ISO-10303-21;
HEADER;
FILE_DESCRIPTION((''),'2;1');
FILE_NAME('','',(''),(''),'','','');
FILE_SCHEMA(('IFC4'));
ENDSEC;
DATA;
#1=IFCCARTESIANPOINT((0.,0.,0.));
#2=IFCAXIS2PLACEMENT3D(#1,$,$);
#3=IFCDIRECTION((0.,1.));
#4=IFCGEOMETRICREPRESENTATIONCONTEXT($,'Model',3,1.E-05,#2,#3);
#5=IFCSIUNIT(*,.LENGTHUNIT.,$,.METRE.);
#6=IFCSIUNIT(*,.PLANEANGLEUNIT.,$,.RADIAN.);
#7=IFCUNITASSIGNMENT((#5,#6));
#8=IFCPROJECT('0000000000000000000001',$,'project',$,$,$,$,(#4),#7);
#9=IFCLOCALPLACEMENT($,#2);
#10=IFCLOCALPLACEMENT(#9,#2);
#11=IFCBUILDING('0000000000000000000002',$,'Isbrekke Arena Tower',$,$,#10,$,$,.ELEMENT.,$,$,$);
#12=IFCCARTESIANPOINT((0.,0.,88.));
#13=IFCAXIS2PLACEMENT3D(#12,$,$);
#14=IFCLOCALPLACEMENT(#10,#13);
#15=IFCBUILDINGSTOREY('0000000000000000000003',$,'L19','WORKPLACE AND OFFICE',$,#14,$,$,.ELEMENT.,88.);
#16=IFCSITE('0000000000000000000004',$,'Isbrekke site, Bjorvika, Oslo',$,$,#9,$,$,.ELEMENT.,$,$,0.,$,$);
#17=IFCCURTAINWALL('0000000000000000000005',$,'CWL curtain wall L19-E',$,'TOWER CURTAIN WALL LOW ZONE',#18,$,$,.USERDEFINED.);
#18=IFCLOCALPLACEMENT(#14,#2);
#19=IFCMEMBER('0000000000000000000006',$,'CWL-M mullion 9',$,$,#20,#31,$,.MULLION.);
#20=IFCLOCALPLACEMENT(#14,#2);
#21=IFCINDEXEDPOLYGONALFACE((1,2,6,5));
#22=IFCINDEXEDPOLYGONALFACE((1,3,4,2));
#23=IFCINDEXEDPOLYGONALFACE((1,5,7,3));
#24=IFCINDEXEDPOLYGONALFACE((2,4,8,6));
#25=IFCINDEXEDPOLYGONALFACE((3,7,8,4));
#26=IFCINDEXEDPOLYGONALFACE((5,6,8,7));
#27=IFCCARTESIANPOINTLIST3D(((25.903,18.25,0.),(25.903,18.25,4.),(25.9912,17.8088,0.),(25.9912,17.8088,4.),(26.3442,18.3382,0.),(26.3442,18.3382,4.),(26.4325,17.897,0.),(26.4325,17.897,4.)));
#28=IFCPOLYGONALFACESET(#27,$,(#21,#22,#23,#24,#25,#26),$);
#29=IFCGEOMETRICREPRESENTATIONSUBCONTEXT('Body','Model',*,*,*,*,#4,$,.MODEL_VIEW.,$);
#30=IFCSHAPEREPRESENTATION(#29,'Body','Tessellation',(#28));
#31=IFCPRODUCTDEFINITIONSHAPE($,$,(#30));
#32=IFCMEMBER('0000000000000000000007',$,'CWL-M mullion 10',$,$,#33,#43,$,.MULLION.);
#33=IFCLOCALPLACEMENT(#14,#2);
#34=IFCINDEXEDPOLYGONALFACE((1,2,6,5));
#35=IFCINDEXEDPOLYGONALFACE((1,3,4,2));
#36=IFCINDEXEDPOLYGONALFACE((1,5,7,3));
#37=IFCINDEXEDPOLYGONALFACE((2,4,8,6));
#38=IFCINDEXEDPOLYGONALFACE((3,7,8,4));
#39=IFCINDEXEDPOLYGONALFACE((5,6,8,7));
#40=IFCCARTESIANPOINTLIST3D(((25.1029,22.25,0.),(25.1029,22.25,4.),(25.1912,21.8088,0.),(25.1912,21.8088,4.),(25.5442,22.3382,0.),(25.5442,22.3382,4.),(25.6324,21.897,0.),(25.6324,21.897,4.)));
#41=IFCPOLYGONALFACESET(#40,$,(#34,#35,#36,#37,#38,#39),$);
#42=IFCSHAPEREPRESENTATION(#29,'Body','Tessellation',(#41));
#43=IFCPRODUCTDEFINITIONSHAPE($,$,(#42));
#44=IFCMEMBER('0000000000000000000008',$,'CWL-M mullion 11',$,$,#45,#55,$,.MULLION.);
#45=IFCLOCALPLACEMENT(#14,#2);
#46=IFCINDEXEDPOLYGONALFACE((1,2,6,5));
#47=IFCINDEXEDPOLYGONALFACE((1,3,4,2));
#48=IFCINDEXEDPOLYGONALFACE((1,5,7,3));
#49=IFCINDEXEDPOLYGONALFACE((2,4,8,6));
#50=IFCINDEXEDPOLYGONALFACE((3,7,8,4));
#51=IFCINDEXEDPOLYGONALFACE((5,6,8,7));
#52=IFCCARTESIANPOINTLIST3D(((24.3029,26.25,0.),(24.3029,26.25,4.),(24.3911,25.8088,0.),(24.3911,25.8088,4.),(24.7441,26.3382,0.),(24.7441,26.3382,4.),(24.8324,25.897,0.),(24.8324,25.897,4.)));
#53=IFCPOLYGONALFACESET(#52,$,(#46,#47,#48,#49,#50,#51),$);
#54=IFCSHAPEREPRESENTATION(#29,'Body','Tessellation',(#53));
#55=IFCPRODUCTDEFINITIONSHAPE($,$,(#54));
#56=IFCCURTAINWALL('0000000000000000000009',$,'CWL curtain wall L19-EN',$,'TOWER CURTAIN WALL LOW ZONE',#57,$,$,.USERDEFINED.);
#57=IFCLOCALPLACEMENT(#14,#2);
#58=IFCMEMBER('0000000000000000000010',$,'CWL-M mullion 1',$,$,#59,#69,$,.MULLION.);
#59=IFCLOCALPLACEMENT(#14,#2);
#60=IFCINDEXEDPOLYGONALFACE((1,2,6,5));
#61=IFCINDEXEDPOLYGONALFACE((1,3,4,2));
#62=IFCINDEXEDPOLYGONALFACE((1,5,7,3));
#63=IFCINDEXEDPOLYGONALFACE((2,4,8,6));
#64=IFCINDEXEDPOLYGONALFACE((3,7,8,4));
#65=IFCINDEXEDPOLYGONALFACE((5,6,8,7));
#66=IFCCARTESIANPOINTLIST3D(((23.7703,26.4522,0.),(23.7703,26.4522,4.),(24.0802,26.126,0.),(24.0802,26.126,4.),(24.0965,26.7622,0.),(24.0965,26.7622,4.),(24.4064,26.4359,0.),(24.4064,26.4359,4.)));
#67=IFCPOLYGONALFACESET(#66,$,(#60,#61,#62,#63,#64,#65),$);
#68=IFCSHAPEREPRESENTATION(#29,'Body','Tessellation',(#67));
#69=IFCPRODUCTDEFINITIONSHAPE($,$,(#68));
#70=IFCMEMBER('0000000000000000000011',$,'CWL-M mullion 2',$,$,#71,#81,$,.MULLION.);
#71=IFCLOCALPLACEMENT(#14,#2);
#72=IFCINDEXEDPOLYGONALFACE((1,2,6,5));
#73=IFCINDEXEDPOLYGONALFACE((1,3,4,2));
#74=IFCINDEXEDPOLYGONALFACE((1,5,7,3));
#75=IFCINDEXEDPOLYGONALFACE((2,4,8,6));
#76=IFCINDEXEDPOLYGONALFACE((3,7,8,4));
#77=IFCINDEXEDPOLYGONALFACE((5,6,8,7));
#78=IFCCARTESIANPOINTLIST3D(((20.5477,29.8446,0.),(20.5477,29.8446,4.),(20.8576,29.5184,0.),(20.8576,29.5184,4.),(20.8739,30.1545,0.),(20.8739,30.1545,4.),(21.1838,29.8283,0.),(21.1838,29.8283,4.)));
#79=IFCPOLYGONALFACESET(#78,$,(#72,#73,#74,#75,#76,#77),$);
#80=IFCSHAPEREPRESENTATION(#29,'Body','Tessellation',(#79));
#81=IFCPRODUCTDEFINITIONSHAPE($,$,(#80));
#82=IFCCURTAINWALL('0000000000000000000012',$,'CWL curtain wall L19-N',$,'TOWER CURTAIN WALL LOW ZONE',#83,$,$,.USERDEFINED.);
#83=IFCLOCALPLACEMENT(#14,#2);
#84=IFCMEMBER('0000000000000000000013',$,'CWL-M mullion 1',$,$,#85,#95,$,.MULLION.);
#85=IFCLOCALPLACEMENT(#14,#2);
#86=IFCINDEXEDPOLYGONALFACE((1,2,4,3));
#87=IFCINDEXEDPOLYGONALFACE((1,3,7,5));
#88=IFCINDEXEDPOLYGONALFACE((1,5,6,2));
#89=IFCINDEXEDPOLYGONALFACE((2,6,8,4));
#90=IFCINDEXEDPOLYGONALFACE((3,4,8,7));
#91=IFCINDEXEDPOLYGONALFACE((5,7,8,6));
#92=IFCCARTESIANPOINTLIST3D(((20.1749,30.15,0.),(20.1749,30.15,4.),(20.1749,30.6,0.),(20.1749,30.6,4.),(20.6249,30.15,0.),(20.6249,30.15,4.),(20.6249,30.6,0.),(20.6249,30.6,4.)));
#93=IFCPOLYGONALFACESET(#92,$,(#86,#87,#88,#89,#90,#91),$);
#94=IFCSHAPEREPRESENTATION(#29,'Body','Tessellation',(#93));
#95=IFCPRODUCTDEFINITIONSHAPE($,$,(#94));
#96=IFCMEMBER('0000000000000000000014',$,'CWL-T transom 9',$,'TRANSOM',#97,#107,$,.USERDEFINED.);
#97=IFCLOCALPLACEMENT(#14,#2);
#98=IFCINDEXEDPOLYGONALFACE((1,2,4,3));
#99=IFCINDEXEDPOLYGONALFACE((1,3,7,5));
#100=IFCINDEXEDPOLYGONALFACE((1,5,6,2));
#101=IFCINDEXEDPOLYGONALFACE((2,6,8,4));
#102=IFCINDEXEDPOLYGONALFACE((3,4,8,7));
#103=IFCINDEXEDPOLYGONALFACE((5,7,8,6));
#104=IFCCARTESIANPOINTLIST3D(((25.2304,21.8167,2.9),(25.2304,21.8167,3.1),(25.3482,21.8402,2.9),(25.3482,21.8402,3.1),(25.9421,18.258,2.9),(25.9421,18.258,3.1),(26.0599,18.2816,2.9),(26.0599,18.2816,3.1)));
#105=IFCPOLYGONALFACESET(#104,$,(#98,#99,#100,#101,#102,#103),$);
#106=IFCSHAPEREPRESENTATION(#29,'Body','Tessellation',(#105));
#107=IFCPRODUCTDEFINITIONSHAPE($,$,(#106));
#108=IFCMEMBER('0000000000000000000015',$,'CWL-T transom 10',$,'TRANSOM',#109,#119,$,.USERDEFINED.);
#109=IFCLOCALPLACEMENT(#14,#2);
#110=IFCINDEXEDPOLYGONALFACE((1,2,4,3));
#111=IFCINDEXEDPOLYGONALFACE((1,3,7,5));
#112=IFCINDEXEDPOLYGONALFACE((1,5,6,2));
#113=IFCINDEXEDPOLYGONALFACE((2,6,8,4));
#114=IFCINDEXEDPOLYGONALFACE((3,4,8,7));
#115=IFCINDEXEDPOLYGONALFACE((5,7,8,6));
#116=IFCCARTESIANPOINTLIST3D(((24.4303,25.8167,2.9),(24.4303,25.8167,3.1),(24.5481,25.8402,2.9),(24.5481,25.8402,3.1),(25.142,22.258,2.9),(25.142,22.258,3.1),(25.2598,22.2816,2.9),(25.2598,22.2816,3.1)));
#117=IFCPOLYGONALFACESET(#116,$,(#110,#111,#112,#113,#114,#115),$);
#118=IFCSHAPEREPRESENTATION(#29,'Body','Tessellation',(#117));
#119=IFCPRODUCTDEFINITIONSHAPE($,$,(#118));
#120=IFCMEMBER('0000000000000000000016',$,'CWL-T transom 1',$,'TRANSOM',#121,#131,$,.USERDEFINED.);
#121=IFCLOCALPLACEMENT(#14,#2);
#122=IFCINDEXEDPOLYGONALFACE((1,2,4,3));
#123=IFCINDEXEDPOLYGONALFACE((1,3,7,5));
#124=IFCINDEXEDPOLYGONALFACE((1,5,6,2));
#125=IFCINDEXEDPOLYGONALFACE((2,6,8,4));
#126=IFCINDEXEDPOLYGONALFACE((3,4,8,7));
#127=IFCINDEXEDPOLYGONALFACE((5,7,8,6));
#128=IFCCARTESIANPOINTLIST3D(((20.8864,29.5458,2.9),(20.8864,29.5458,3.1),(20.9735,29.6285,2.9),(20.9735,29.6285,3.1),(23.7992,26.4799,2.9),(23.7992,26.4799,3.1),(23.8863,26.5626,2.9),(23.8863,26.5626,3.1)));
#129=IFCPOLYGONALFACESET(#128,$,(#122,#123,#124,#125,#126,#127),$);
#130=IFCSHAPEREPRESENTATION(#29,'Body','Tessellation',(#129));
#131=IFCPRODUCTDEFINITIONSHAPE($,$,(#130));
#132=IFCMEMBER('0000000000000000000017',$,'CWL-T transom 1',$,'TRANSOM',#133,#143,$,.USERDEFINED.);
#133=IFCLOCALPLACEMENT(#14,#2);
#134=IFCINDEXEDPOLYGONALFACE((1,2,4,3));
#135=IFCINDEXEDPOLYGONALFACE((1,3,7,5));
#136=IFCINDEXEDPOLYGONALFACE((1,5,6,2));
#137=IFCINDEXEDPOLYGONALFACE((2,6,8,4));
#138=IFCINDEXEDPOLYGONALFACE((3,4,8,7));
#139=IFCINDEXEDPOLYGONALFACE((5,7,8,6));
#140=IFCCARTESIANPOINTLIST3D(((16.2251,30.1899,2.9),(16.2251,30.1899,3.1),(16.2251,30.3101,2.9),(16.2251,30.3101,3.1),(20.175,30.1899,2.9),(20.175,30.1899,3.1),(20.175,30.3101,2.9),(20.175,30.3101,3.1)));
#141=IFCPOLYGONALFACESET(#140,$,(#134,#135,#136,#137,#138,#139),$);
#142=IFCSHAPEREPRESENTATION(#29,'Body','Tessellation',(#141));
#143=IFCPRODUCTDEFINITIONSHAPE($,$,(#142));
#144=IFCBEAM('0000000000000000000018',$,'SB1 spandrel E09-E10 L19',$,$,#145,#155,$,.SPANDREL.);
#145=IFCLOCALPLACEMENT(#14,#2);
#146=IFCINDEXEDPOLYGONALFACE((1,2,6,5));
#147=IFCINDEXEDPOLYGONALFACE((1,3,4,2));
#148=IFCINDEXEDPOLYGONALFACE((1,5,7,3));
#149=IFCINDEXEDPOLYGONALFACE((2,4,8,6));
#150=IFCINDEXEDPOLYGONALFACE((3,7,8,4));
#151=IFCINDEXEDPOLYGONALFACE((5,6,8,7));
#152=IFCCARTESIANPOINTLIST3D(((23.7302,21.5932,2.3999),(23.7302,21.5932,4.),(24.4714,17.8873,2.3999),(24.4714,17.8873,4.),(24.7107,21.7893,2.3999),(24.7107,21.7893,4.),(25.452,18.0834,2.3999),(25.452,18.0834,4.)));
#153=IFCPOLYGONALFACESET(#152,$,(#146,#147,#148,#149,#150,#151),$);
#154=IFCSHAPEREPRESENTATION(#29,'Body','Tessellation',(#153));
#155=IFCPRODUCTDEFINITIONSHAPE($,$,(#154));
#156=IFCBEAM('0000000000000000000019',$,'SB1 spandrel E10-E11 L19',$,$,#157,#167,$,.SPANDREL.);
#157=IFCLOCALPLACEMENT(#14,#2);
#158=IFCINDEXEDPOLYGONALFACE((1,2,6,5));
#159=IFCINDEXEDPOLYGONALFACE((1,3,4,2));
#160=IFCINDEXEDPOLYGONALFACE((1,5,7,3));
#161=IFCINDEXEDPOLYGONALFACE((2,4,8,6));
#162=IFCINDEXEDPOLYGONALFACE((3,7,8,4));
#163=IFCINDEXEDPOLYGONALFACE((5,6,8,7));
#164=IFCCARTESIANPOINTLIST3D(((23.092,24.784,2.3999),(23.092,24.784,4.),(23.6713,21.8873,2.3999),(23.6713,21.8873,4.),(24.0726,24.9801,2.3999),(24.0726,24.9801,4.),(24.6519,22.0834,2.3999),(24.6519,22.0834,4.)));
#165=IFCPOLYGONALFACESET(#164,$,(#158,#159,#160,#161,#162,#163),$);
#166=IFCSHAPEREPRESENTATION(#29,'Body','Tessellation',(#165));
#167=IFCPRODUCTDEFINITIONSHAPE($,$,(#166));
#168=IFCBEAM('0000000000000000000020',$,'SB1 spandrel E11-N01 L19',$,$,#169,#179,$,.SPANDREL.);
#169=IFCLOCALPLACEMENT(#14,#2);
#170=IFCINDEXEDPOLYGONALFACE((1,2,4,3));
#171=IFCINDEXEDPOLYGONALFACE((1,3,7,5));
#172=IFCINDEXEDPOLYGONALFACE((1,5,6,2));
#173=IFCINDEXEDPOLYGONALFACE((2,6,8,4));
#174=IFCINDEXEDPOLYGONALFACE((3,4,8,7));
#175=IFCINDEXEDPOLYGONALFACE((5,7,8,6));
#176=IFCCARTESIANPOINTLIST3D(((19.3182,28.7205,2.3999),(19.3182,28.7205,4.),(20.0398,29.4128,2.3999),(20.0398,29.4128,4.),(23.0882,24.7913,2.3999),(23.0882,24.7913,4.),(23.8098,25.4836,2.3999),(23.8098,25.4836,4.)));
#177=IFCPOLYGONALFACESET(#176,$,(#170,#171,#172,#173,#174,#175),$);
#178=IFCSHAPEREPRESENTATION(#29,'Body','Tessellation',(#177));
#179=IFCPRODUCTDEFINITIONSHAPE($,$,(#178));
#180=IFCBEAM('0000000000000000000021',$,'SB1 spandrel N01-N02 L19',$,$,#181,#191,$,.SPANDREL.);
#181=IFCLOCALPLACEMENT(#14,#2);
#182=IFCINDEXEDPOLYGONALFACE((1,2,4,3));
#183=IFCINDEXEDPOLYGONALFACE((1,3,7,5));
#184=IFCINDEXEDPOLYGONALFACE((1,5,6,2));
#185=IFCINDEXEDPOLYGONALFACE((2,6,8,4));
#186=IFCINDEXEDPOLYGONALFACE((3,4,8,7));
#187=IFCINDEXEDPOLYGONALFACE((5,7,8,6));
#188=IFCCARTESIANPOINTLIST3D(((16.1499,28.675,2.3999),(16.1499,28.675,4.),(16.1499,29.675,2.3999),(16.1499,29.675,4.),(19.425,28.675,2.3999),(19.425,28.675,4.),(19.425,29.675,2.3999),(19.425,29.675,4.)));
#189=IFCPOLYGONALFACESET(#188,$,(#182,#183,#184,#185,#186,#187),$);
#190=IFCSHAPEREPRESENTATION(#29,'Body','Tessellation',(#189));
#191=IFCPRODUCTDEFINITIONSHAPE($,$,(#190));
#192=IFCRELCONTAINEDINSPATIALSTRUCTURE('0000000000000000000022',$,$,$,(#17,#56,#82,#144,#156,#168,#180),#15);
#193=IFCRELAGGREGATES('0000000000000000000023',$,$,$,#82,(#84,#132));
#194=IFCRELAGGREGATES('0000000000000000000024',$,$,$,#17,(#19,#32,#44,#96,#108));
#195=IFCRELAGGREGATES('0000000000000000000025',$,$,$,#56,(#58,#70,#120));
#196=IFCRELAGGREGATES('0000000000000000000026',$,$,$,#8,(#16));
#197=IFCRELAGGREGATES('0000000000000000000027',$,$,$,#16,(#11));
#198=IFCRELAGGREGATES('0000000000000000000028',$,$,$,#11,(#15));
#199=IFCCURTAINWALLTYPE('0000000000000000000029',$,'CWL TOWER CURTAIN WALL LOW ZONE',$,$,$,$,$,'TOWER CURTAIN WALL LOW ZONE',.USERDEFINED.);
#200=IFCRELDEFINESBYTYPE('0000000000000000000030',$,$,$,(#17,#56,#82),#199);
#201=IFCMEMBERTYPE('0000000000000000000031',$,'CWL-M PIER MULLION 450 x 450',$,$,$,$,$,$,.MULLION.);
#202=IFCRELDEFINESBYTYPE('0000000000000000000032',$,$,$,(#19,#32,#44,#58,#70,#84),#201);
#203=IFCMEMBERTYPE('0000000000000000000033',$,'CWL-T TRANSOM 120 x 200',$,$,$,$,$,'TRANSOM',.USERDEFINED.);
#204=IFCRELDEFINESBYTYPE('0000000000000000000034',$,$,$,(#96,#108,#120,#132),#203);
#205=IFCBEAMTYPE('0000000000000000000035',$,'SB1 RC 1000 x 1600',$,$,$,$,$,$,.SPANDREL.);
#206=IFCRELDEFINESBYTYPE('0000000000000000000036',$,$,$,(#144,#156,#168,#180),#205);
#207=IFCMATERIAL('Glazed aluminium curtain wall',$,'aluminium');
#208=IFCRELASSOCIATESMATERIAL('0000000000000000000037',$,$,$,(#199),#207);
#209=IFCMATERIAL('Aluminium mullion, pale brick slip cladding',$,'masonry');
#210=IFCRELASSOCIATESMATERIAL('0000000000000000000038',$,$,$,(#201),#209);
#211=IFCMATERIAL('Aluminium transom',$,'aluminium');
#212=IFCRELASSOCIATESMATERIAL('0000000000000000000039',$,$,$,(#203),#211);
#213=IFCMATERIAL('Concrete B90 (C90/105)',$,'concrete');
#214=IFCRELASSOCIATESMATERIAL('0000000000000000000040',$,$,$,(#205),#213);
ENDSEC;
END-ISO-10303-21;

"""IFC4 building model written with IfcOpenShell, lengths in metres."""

from ifc_helpers import new_model, si_unit, direction, frame, origin, origin_2d, place, context, subcontext, project, spatial, rectangle, extrude, material, material_profile, profile_set, type_object, element, aggregate, save


model = new_model("IFC4")

# Units and contexts
model_context = context("Model", 3, precision=1e-05, world=origin(), true_north=direction((0.0, 1.0)))
body_context = subcontext(model_context, "Body", "Model", "MODEL_VIEW")
ifc_project = project(units=[si_unit("LENGTHUNIT", "METRE"), si_unit("PLANEANGLEUNIT", "RADIAN")], contexts=[model_context])

# Site, building, storey
site_placement = place(None, origin())
site = spatial("IfcSite", under=ifc_project, at=site_placement, Name="Isbrekke site, Bjorvika, Oslo", CompositionType="ELEMENT", RefElevation=0.0)
building_placement = place(site_placement, origin())
building = spatial("IfcBuilding", under=site, at=building_placement, Name="Isbrekke Arena Tower", CompositionType="ELEMENT")
storey_placement = place(building_placement, frame((0.0, 0.0, 88.0)))
storey = spatial("IfcBuildingStorey", under=building, at=storey_placement, Name="L19", Description="WORKPLACE AND OFFICE", CompositionType="ELEMENT", Elevation=88.0)

# Curtain walls, members
ifc_material_1 = material(Name="Glazed aluminium curtain wall", Category="aluminium")
curtain_wall_type = type_object("IfcCurtainWallType", Name="CWL TOWER CURTAIN WALL LOW ZONE", ElementType="TOWER CURTAIN WALL LOW ZONE", PredefinedType="USERDEFINED", material=ifc_material_1)
curtain_wall_1_placement = place(storey_placement, origin())
curtain_wall_1 = element("IfcCurtainWall", 1, at=curtain_wall_1_placement, inside=storey, type_object=curtain_wall_type, Name="CWL curtain wall L19-E", ObjectType="TOWER CURTAIN WALL LOW ZONE", PredefinedType="USERDEFINED")
ifc_material_2 = material(Name="Aluminium mullion, pale brick slip cladding", Category="masonry")
ifc_material_profile_1 = material_profile(ifc_material_2, rectangle(XDim=0.45, YDim=0.45, at=origin_2d()), Name="PIER 450X450")
ifc_profile_set_1 = profile_set([ifc_material_profile_1], Name="Aluminium mullion, pale brick slip cladding")
member_type_1 = type_object("IfcMemberType", Name="CWL-M PIER MULLION 450 x 450", PredefinedType="MULLION", material=ifc_profile_set_1)
member_1_placement = place(storey_placement, frame((26.1677, 18.0735, 0.0), z_axis=(0.0, 0.0, 1.0), x_axis=(-0.196116, 0.980581, 0.0)))
member_1 = element("IfcMember", 2, at=member_1_placement, type_object=member_type_1, Name="CWL-M mullion 9", PredefinedType="MULLION", context=body_context, shape_type="SweptSolid", body=[
    extrude(rectangle(XDim=0.45, YDim=0.45, at=origin_2d()), origin(), (0.0, 0.0, 1.0), 4.0),
])
member_2_placement = place(storey_placement, frame((25.3677, 22.0735, 0.0), z_axis=(0.0, 0.0, 1.0), x_axis=(-0.196116, 0.980581, 0.0)))
member_2 = element("IfcMember", 3, at=member_2_placement, type_object=member_type_1, Name="CWL-M mullion 10", PredefinedType="MULLION", context=body_context, shape_type="SweptSolid", body=[
    extrude(rectangle(XDim=0.45, YDim=0.45, at=origin_2d()), origin(), (0.0, 0.0, 1.0), 4.0),
])
member_3_placement = place(storey_placement, frame((24.5676, 26.0735, 0.0), z_axis=(0.0, 0.0, 1.0), x_axis=(-0.196116, 0.980581, 0.0)))
member_3 = element("IfcMember", 4, at=member_3_placement, type_object=member_type_1, Name="CWL-M mullion 11", PredefinedType="MULLION", context=body_context, shape_type="SweptSolid", body=[
    extrude(rectangle(XDim=0.45, YDim=0.45, at=origin_2d()), origin(), (0.0, 0.0, 1.0), 4.0),
])
curtain_wall_2_placement = place(storey_placement, origin())
curtain_wall_2 = element("IfcCurtainWall", 5, at=curtain_wall_2_placement, inside=storey, type_object=curtain_wall_type, Name="CWL curtain wall L19-EN", ObjectType="TOWER CURTAIN WALL LOW ZONE", PredefinedType="USERDEFINED")
member_4_placement = place(storey_placement, frame((24.0884, 26.4441, 0.0), z_axis=(0.0, 0.0, 1.0), x_axis=(-0.688749, 0.724999, 0.0)))
member_4 = element("IfcMember", 6, at=member_4_placement, type_object=member_type_1, Name="CWL-M mullion 1", PredefinedType="MULLION", context=body_context, shape_type="SweptSolid", body=[
    extrude(rectangle(XDim=0.45, YDim=0.45, at=origin_2d()), origin(), (0.0, 0.0, 1.0), 4.0),
])
member_5_placement = place(storey_placement, frame((20.8657, 29.8364, 0.0), z_axis=(0.0, 0.0, 1.0), x_axis=(-0.688749, 0.724999, 0.0)))
member_5 = element("IfcMember", 7, at=member_5_placement, type_object=member_type_1, Name="CWL-M mullion 2", PredefinedType="MULLION", context=body_context, shape_type="SweptSolid", body=[
    extrude(rectangle(XDim=0.45, YDim=0.45, at=origin_2d()), origin(), (0.0, 0.0, 1.0), 4.0),
])

# Curtain wall, member
curtain_wall_3_placement = place(storey_placement, origin())
curtain_wall_3 = element("IfcCurtainWall", 8, at=curtain_wall_3_placement, inside=storey, type_object=curtain_wall_type, Name="CWL curtain wall L19-N", ObjectType="TOWER CURTAIN WALL LOW ZONE", PredefinedType="USERDEFINED")
member_6_placement = place(storey_placement, frame((20.3999, 30.375, 0.0), z_axis=(0.0, 0.0, 1.0), x_axis=(-1.0, 0.0, 0.0)))
member_6 = element("IfcMember", 9, at=member_6_placement, type_object=member_type_1, Name="CWL-M mullion 1", PredefinedType="MULLION", context=body_context, shape_type="SweptSolid", body=[
    extrude(rectangle(XDim=0.45, YDim=0.45, at=origin_2d()), origin(), (0.0, 0.0, 1.0), 4.0),
])

# Members
ifc_material_3 = material(Name="Aluminium transom", Category="aluminium")
ifc_material_profile_2 = material_profile(ifc_material_3, rectangle(XDim=0.1201, YDim=0.2, at=origin_2d()), Name="TRANSOM 120X200")
ifc_profile_set_2 = profile_set([ifc_material_profile_2], Name="Aluminium transom")
member_type_2 = type_object("IfcMemberType", Name="CWL-T TRANSOM 120 x 200", ElementType="TRANSOM", PredefinedType="USERDEFINED", material=ifc_profile_set_2)
member_7_placement = place(storey_placement, frame((26.001, 18.2698, 3.0), z_axis=(-0.196103, 0.980583, 0.0), x_axis=(-0.980583, -0.196103, 0.0)))
member_7 = element("IfcMember", 10, at=member_7_placement, type_object=member_type_2, Name="CWL-T transom 9", ObjectType="TRANSOM", PredefinedType="USERDEFINED", context=body_context, shape_type="SweptSolid", body=[
    extrude(rectangle(XDim=0.1201, YDim=0.2, at=origin_2d()), origin(), (0.0, 0.0, 1.0), 3.6292),
])
member_8_placement = place(storey_placement, frame((25.2009, 22.2698, 3.0), z_axis=(-0.196103, 0.980583, 0.0), x_axis=(-0.980583, -0.196103, 0.0)))
member_8 = element("IfcMember", 11, at=member_8_placement, type_object=member_type_2, Name="CWL-T transom 10", ObjectType="TRANSOM", PredefinedType="USERDEFINED", context=body_context, shape_type="SweptSolid", body=[
    extrude(rectangle(XDim=0.1201, YDim=0.2, at=origin_2d()), origin(), (0.0, 0.0, 1.0), 3.6292),
])
member_9_placement = place(storey_placement, frame((23.8428, 26.5212, 3.0), z_axis=(-0.688777, 0.724973, 0.0), x_axis=(-0.724973, -0.688777, 0.0)))
member_9 = element("IfcMember", 12, at=member_9_placement, type_object=member_type_2, Name="CWL-T transom 1", ObjectType="TRANSOM", PredefinedType="USERDEFINED", context=body_context, shape_type="SweptSolid", body=[
    extrude(rectangle(XDim=0.1201, YDim=0.2, at=origin_2d()), origin(), (0.0, 0.0, 1.0), 4.229),
])
member_10_placement = place(storey_placement, frame((20.175, 30.25, 3.0), z_axis=(-1.0, 0.0, 0.0), x_axis=(0.0, -1.0, 0.0)))
member_10 = element("IfcMember", 13, at=member_10_placement, type_object=member_type_2, Name="CWL-T transom 1", ObjectType="TRANSOM", PredefinedType="USERDEFINED", context=body_context, shape_type="SweptSolid", body=[
    extrude(rectangle(XDim=0.1201, YDim=0.2, at=origin_2d()), origin(), (0.0, 0.0, 1.0), 3.95),
])
aggregate(curtain_wall_3, [member_6, member_10])

# Beams
ifc_material_4 = material(Name="Concrete B90 (C90/105)", Category="concrete")
ifc_material_profile_3 = material_profile(ifc_material_4, rectangle(XDim=1.0, YDim=1.6001, at=origin_2d()), Name="RC 1000x1600")
ifc_profile_set_3 = profile_set([ifc_material_profile_3], Name="Concrete B90 (C90/105)")
beam_type_1 = type_object("IfcBeamType", Name="SB1 RC 1000 x 1600", PredefinedType="SPANDREL", material=ifc_profile_set_3)
beam_1_placement = place(storey_placement, frame((24.9617, 17.9854, 3.2), z_axis=(-0.196129, 0.980578, 0.0), x_axis=(-0.980578, -0.196129, 0.0)))
element("IfcBeam", 14, at=beam_1_placement, inside=storey, type_object=beam_type_1, Name="SB1 spandrel E09-E10 L19", PredefinedType="SPANDREL", context=body_context, shape_type="SweptSolid", body=[
    extrude(rectangle(XDim=1.0, YDim=1.6001, at=origin_2d()), origin(), (0.0, 0.0, 1.0), 3.7793),
])
beam_2_placement = place(storey_placement, frame((24.1616, 21.9854, 3.2), z_axis=(-0.196116, 0.980581, 0.0), x_axis=(-0.980581, -0.196116, 0.0)))
element("IfcBeam", 15, at=beam_2_placement, inside=storey, type_object=beam_type_1, Name="SB1 spandrel E10-E11 L19", PredefinedType="SPANDREL", context=body_context, shape_type="SweptSolid", body=[
    extrude(rectangle(XDim=1.0, YDim=1.6001, at=origin_2d()), origin(), (0.0, 0.0, 1.0), 2.9541),
])
beam_3_placement = place(storey_placement, frame((23.449, 25.1375, 3.2), z_axis=(-0.69234, 0.721572, 0.0), x_axis=(-0.721572, -0.69234, 0.0)))
element("IfcBeam", 16, at=beam_3_placement, inside=storey, type_object=beam_type_1, Name="SB1 spandrel E11-N01 L19", PredefinedType="SPANDREL", context=body_context, shape_type="SweptSolid", body=[
    extrude(rectangle(XDim=1.0, YDim=1.6001, at=origin_2d()), origin(), (0.0, 0.0, 1.0), 5.4453),
])
beam_4_placement = place(storey_placement, frame((19.425, 29.175, 3.2), z_axis=(-1.0, 0.0, 0.0), x_axis=(0.0, -1.0, 0.0)))
element("IfcBeam", 17, at=beam_4_placement, inside=storey, type_object=beam_type_1, Name="SB1 spandrel N01-N02 L19", PredefinedType="SPANDREL", context=body_context, shape_type="SweptSolid", body=[
    extrude(rectangle(XDim=1.0, YDim=1.6001, at=origin_2d()), origin(), (0.0, 0.0, 1.0), 3.2751),
])

aggregate(curtain_wall_1, [member_1, member_2, member_3, member_7, member_8])
aggregate(curtain_wall_2, [member_4, member_5, member_9])

save(model, "model.ifc")
